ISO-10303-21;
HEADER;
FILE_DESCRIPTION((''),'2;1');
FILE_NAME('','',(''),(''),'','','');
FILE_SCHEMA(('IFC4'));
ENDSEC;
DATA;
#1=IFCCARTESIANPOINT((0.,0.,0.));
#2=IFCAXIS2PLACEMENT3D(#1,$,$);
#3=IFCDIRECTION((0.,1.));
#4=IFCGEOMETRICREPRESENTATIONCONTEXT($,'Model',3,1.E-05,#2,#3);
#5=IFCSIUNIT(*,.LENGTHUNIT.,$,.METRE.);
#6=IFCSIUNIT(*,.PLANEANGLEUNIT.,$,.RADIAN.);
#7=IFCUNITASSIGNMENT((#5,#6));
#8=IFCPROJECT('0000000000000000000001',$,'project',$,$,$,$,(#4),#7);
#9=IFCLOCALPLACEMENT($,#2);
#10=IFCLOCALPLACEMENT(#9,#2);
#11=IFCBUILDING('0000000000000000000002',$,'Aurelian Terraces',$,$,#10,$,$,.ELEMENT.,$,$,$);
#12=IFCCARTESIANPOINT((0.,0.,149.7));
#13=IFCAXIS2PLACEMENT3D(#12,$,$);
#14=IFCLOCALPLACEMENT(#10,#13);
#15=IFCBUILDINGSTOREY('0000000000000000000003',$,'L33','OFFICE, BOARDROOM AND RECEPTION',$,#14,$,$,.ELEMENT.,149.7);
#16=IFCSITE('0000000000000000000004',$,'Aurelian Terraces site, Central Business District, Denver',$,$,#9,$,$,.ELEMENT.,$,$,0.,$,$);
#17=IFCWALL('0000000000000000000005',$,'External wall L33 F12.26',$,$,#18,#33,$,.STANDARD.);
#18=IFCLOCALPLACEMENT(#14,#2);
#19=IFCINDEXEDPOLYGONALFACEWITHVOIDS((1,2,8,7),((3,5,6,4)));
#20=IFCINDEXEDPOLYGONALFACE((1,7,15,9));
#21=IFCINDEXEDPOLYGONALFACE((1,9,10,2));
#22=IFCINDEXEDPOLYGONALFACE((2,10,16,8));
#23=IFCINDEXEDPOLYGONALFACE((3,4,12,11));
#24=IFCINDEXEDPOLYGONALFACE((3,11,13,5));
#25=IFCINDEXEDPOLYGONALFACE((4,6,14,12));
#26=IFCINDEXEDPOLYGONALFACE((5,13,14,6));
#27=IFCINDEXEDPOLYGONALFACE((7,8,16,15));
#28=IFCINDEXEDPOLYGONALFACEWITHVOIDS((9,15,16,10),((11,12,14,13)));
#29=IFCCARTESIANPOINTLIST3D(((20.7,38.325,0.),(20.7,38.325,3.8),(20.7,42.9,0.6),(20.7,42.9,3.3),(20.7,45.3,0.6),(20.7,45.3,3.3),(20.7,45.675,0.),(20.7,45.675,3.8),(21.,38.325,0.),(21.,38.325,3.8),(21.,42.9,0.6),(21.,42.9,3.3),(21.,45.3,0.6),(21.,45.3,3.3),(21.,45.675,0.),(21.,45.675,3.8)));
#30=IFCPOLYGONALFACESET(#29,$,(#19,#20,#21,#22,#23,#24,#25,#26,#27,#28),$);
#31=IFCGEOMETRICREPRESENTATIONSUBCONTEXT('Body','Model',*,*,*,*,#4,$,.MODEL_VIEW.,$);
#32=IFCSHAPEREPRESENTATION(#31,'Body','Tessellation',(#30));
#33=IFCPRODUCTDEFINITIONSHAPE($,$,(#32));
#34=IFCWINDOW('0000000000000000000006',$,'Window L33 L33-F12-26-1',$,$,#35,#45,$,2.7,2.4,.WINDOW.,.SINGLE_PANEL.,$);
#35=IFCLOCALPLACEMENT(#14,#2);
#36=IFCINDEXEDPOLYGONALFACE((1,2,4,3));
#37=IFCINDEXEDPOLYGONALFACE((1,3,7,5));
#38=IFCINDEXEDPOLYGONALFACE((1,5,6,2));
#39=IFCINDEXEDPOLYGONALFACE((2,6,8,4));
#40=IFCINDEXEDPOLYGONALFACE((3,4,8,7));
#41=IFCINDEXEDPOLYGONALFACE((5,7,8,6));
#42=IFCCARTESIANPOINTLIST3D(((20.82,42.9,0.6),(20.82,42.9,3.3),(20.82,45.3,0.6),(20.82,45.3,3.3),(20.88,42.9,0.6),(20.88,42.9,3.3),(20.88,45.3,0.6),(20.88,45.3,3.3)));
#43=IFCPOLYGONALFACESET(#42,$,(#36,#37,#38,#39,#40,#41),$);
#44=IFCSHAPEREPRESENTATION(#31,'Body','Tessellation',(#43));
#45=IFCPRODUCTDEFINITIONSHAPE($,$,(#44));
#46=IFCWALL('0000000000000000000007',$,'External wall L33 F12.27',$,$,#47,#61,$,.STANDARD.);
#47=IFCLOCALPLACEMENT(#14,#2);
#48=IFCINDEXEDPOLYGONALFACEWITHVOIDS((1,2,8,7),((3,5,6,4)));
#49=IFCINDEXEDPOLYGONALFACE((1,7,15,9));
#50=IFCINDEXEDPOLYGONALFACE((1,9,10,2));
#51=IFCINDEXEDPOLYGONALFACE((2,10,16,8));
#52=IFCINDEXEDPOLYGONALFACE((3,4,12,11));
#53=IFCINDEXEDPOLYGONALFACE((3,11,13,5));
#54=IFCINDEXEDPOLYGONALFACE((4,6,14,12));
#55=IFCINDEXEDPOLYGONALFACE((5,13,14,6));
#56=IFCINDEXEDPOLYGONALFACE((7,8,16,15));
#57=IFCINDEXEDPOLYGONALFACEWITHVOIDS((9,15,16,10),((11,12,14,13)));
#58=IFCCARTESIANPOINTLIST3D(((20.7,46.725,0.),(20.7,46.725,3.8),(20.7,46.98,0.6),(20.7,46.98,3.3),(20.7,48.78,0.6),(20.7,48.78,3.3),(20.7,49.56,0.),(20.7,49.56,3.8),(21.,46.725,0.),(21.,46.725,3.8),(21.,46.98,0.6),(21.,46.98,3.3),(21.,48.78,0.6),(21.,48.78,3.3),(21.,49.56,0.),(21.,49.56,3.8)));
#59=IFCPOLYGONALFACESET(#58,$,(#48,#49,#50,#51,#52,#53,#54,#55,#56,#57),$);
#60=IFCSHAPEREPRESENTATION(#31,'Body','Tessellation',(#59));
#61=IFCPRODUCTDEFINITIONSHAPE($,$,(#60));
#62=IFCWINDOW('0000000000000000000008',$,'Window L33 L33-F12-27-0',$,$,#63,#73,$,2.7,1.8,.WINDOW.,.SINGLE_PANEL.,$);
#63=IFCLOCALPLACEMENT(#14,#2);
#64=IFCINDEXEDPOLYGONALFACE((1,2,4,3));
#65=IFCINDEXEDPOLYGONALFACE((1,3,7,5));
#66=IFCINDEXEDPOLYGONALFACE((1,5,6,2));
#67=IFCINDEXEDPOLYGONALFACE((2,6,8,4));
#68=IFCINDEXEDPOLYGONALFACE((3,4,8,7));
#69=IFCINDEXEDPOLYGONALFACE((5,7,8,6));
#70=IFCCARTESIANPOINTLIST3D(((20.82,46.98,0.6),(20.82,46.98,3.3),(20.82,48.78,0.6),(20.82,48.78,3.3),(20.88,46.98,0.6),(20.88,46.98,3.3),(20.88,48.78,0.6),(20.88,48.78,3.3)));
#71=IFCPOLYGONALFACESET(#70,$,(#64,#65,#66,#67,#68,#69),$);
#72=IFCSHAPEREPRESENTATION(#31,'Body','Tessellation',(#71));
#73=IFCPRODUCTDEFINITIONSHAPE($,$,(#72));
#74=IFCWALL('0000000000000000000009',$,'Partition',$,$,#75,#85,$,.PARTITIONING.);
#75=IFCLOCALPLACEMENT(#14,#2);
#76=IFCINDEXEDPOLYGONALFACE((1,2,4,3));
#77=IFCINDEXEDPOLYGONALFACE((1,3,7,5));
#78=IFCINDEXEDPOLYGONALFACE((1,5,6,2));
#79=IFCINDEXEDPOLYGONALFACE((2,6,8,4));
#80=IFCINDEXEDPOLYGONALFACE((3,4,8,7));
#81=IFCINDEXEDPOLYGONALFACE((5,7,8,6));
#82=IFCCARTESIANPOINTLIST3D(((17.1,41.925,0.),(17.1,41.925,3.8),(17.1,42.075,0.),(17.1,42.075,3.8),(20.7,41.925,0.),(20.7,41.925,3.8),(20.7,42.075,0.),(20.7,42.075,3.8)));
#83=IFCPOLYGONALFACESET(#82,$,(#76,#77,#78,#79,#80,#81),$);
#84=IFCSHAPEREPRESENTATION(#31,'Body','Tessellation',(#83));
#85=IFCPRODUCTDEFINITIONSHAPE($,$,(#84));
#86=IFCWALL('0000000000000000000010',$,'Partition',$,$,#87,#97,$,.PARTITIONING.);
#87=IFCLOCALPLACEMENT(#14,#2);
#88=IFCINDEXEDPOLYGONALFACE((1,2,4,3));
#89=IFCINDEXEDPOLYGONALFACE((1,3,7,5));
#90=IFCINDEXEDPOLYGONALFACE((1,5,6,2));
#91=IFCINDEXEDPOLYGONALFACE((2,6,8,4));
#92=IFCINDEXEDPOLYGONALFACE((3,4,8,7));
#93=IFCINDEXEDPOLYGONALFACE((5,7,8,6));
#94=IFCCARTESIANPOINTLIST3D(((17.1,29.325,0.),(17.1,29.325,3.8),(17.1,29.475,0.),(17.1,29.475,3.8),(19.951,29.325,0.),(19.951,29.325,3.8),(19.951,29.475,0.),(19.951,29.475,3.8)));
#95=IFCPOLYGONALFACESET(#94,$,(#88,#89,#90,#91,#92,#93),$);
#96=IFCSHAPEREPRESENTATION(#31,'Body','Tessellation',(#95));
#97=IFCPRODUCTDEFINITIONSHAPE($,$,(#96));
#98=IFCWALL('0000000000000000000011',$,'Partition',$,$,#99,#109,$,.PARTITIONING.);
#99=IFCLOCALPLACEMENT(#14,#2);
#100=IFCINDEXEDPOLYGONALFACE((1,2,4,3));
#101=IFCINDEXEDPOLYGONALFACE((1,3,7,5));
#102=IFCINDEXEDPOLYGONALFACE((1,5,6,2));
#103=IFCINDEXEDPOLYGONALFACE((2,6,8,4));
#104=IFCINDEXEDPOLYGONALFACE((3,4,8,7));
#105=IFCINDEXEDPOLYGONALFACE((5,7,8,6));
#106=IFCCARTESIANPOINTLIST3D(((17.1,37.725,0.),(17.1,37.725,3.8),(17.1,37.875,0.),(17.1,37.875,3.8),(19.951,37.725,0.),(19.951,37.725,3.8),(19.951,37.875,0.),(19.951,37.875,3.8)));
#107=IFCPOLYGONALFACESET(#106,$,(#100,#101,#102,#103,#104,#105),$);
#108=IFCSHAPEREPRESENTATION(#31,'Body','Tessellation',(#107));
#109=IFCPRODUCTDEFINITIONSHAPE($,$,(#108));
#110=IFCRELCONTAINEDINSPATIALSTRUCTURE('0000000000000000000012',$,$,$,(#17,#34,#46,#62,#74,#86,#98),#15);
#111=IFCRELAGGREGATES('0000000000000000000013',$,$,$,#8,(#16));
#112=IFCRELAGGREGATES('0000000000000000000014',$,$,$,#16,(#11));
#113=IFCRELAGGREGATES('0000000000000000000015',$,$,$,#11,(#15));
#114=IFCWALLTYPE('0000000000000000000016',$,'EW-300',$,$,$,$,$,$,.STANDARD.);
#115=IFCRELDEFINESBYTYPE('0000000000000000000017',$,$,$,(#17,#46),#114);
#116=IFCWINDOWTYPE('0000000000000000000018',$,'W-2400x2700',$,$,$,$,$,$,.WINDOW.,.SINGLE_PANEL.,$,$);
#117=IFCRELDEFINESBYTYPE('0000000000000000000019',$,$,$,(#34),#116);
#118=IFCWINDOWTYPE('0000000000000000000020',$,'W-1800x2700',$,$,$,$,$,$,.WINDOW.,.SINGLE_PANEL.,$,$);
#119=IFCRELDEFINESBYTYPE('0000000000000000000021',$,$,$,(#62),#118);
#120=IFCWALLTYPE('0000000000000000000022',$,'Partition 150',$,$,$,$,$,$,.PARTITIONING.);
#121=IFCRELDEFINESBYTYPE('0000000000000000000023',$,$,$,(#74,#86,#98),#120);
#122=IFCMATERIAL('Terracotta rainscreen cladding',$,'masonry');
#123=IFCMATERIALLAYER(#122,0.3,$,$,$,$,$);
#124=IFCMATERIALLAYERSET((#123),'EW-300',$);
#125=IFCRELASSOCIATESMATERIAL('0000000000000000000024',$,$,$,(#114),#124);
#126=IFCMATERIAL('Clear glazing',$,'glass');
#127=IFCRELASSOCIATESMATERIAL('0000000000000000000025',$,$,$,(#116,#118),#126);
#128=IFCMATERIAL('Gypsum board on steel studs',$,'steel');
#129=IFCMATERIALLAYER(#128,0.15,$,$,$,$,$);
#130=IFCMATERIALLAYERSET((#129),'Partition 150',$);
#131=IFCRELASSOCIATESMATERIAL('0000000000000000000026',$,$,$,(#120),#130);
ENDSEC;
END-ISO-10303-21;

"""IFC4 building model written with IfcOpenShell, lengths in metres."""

from ifc_helpers import new_model, si_unit, direction, frame, frame_2d, origin, place, context, subcontext, project, spatial, rectangle, extrude, source, transform, mapped, material, layer, layer_set, type_object, element, fill, save


model = new_model("IFC4")

# Units and contexts
model_context = context("Model", 3, precision=1e-05, world=origin(), true_north=direction((0.0, 1.0)))
body_context = subcontext(model_context, "Body", "Model", "MODEL_VIEW")
ifc_project = project(units=[si_unit("LENGTHUNIT", "METRE"), si_unit("PLANEANGLEUNIT", "RADIAN")], contexts=[model_context])

# Site, building, storey
site_placement = place(None, origin())
site = spatial("IfcSite", under=ifc_project, at=site_placement, Name="Aurelian Terraces site, Central Business District, Denver", CompositionType="ELEMENT", RefElevation=0.0)
building_placement = place(site_placement, origin())
building = spatial("IfcBuilding", under=site, at=building_placement, Name="Aurelian Terraces", CompositionType="ELEMENT")
storey_placement = place(building_placement, frame((0.0, 0.0, 149.7)))
storey = spatial("IfcBuildingStorey", under=building, at=storey_placement, Name="L33", Description="OFFICE, BOARDROOM AND RECEPTION", CompositionType="ELEMENT", Elevation=149.7)

# Shared definitions
ifc_material_1 = material(Name="Terracotta rainscreen cladding", Category="masonry")
ifc_layer_1 = layer(ifc_material_1, 0.3)
ifc_layer_set_1 = layer_set([ifc_layer_1], Name="EW-300")
wall_type_1 = type_object("IfcWallType", Name="EW-300", PredefinedType="STANDARD", material=ifc_layer_set_1)
ifc_material_2 = material(Name="Clear glazing", Category="glass")
window_type_1 = type_object("IfcWindowType", Name="W-2400x2700", PartitioningType="SINGLE_PANEL", PredefinedType="WINDOW", material=ifc_material_2)
shared_shape_1 = source(origin(), body_context, "Body", "SweptSolid", [
    extrude(rectangle(XDim=2.4, YDim=2.7, at=frame_2d((1.2, 1.35))), frame((0.0, 0.03, 0.0), z_axis=(0.0, -1.0, 0.0), x_axis=(1.0, 0.0, 0.0)), (0.0, 0.0, 1.0), 0.06),
])

# Shared definitions
shared_shape_2 = source(origin(), body_context, "Body", "SweptSolid", [
    extrude(rectangle(XDim=7.35, YDim=0.3, at=frame_2d((3.675, 0.0))), origin(), (0.0, 0.0, 1.0), 3.8),
])
shared_shape_3 = source(origin(), body_context, "Body", "SweptSolid", [
    extrude(rectangle(XDim=2.4, YDim=2.7, at=frame_2d((1.2, 1.35))), frame((0.0, 0.16, 0.0), z_axis=(0.0, -1.0, 0.0), x_axis=(1.0, 0.0, 0.0)), (0.0, 0.0, 1.0), 0.32),
])

# Walls, openings, windows
wall_1_placement = place(storey_placement, frame((20.85, 38.325, 0.0), z_axis=(0.0, 0.0, 1.0), x_axis=(0.0, 1.0, 0.0)))
wall_1 = element("IfcWall", 1, at=wall_1_placement, inside=storey, type_object=wall_type_1, Name="External wall L33 F12.26", PredefinedType="STANDARD", context=body_context, shape_type="MappedRepresentation", body=[
    mapped(shared_shape_2, transform((0.0, 0.0, 0.0), scale=1.0)),
])
opening_1_placement = place(wall_1_placement, frame((4.575, 0.0, 0.6)))
opening_1 = element("IfcOpeningElement", 2, at=opening_1_placement, cuts=wall_1, PredefinedType="OPENING", context=body_context, shape_type="MappedRepresentation", body=[
    mapped(shared_shape_3, transform((0.0, 0.0, 0.0), scale=1.0)),
])
window_1_placement = place(opening_1_placement, origin())
window_1 = element("IfcWindow", 3, at=window_1_placement, inside=storey, type_object=window_type_1, Name="Window L33 L33-F12-26-1", OverallHeight=2.7, OverallWidth=2.4, PartitioningType="SINGLE_PANEL", PredefinedType="WINDOW", context=body_context, shape_type="MappedRepresentation", body=[
    mapped(shared_shape_1, transform((0.0, 0.0, 0.0), scale=1.0)),
])
fill(opening_1, window_1)
shared_shape_4 = source(origin(), body_context, "Body", "SweptSolid", [
    extrude(rectangle(XDim=2.835, YDim=0.3, at=frame_2d((1.4175, 0.0))), origin(), (0.0, 0.0, 1.0), 3.8),
])
wall_2_placement = place(storey_placement, frame((20.85, 46.725, 0.0), z_axis=(0.0, 0.0, 1.0), x_axis=(0.0, 1.0, 0.0)))
wall_2 = element("IfcWall", 4, at=wall_2_placement, inside=storey, type_object=wall_type_1, Name="External wall L33 F12.27", PredefinedType="STANDARD", context=body_context, shape_type="MappedRepresentation", body=[
    mapped(shared_shape_4, transform((0.0, 0.0, 0.0), scale=1.0)),
])
shared_shape_5 = source(origin(), body_context, "Body", "SweptSolid", [
    extrude(rectangle(XDim=1.8, YDim=2.7, at=frame_2d((0.9, 1.35))), frame((0.0, 0.16, 0.0), z_axis=(0.0, -1.0, 0.0), x_axis=(1.0, 0.0, 0.0)), (0.0, 0.0, 1.0), 0.32),
])
opening_2_placement = place(wall_2_placement, frame((0.255, 0.0, 0.6)))
opening_2 = element("IfcOpeningElement", 5, at=opening_2_placement, cuts=wall_2, PredefinedType="OPENING", context=body_context, shape_type="MappedRepresentation", body=[
    mapped(shared_shape_5, transform((0.0, 0.0, 0.0), scale=1.0)),
])
window_type_2 = type_object("IfcWindowType", Name="W-1800x2700", PartitioningType="SINGLE_PANEL", PredefinedType="WINDOW", material=ifc_material_2)
shared_shape_6 = source(origin(), body_context, "Body", "SweptSolid", [
    extrude(rectangle(XDim=1.8, YDim=2.7, at=frame_2d((0.9, 1.35))), frame((0.0, 0.03, 0.0), z_axis=(0.0, -1.0, 0.0), x_axis=(1.0, 0.0, 0.0)), (0.0, 0.0, 1.0), 0.06),
])
window_2_placement = place(opening_2_placement, origin())
window_2 = element("IfcWindow", 6, at=window_2_placement, inside=storey, type_object=window_type_2, Name="Window L33 L33-F12-27-0", OverallHeight=2.7, OverallWidth=1.8, PartitioningType="SINGLE_PANEL", PredefinedType="WINDOW", context=body_context, shape_type="MappedRepresentation", body=[
    mapped(shared_shape_6, transform((0.0, 0.0, 0.0), scale=1.0)),
])
fill(opening_2, window_2)

# Walls
ifc_material_3 = material(Name="Gypsum board on steel studs", Category="steel")
ifc_layer_2 = layer(ifc_material_3, 0.15)
ifc_layer_set_2 = layer_set([ifc_layer_2], Name="Partition 150")
wall_type_2 = type_object("IfcWallType", Name="Partition 150", PredefinedType="PARTITIONING", material=ifc_layer_set_2)
shared_shape_7 = source(origin(), body_context, "Body", "SweptSolid", [
    extrude(rectangle(XDim=3.6, YDim=0.15, at=frame_2d((1.8, 0.0))), origin(), (0.0, 0.0, 1.0), 3.8),
])
wall_3_placement = place(storey_placement, frame((20.7, 42.0, 0.0), z_axis=(0.0, 0.0, 1.0), x_axis=(-1.0, 0.0, 0.0)))
element("IfcWall", 7, at=wall_3_placement, inside=storey, type_object=wall_type_2, Name="Partition", PredefinedType="PARTITIONING", context=body_context, shape_type="MappedRepresentation", body=[
    mapped(shared_shape_7, transform((0.0, 0.0, 0.0), scale=1.0)),
])
shared_shape_8 = source(origin(), body_context, "Body", "SweptSolid", [
    extrude(rectangle(XDim=2.851, YDim=0.15, at=frame_2d((1.4255, 0.0))), origin(), (0.0, 0.0, 1.0), 3.8),
])
for number, where, z_axis, x_axis, name in (
    (8, (19.951, 29.4, 0.0), (0.0, 0.0, 1.0), (-1.0, 0.0, 0.0), "Partition"),
    (9, (19.951, 37.8, 0.0), (0.0, 0.0, 1.0), (-1.0, 0.0, 0.0), "Partition"),
):
    element("IfcWall", number, at=place(storey_placement, frame(where, z_axis=z_axis, x_axis=x_axis)), inside=storey, type_object=wall_type_2, Name=name, PredefinedType="PARTITIONING", context=body_context, shape_type="MappedRepresentation", body=[
        mapped(shared_shape_8, transform((0.0, 0.0, 0.0), scale=1.0)),
    ])

save(model, "model.ifc")
